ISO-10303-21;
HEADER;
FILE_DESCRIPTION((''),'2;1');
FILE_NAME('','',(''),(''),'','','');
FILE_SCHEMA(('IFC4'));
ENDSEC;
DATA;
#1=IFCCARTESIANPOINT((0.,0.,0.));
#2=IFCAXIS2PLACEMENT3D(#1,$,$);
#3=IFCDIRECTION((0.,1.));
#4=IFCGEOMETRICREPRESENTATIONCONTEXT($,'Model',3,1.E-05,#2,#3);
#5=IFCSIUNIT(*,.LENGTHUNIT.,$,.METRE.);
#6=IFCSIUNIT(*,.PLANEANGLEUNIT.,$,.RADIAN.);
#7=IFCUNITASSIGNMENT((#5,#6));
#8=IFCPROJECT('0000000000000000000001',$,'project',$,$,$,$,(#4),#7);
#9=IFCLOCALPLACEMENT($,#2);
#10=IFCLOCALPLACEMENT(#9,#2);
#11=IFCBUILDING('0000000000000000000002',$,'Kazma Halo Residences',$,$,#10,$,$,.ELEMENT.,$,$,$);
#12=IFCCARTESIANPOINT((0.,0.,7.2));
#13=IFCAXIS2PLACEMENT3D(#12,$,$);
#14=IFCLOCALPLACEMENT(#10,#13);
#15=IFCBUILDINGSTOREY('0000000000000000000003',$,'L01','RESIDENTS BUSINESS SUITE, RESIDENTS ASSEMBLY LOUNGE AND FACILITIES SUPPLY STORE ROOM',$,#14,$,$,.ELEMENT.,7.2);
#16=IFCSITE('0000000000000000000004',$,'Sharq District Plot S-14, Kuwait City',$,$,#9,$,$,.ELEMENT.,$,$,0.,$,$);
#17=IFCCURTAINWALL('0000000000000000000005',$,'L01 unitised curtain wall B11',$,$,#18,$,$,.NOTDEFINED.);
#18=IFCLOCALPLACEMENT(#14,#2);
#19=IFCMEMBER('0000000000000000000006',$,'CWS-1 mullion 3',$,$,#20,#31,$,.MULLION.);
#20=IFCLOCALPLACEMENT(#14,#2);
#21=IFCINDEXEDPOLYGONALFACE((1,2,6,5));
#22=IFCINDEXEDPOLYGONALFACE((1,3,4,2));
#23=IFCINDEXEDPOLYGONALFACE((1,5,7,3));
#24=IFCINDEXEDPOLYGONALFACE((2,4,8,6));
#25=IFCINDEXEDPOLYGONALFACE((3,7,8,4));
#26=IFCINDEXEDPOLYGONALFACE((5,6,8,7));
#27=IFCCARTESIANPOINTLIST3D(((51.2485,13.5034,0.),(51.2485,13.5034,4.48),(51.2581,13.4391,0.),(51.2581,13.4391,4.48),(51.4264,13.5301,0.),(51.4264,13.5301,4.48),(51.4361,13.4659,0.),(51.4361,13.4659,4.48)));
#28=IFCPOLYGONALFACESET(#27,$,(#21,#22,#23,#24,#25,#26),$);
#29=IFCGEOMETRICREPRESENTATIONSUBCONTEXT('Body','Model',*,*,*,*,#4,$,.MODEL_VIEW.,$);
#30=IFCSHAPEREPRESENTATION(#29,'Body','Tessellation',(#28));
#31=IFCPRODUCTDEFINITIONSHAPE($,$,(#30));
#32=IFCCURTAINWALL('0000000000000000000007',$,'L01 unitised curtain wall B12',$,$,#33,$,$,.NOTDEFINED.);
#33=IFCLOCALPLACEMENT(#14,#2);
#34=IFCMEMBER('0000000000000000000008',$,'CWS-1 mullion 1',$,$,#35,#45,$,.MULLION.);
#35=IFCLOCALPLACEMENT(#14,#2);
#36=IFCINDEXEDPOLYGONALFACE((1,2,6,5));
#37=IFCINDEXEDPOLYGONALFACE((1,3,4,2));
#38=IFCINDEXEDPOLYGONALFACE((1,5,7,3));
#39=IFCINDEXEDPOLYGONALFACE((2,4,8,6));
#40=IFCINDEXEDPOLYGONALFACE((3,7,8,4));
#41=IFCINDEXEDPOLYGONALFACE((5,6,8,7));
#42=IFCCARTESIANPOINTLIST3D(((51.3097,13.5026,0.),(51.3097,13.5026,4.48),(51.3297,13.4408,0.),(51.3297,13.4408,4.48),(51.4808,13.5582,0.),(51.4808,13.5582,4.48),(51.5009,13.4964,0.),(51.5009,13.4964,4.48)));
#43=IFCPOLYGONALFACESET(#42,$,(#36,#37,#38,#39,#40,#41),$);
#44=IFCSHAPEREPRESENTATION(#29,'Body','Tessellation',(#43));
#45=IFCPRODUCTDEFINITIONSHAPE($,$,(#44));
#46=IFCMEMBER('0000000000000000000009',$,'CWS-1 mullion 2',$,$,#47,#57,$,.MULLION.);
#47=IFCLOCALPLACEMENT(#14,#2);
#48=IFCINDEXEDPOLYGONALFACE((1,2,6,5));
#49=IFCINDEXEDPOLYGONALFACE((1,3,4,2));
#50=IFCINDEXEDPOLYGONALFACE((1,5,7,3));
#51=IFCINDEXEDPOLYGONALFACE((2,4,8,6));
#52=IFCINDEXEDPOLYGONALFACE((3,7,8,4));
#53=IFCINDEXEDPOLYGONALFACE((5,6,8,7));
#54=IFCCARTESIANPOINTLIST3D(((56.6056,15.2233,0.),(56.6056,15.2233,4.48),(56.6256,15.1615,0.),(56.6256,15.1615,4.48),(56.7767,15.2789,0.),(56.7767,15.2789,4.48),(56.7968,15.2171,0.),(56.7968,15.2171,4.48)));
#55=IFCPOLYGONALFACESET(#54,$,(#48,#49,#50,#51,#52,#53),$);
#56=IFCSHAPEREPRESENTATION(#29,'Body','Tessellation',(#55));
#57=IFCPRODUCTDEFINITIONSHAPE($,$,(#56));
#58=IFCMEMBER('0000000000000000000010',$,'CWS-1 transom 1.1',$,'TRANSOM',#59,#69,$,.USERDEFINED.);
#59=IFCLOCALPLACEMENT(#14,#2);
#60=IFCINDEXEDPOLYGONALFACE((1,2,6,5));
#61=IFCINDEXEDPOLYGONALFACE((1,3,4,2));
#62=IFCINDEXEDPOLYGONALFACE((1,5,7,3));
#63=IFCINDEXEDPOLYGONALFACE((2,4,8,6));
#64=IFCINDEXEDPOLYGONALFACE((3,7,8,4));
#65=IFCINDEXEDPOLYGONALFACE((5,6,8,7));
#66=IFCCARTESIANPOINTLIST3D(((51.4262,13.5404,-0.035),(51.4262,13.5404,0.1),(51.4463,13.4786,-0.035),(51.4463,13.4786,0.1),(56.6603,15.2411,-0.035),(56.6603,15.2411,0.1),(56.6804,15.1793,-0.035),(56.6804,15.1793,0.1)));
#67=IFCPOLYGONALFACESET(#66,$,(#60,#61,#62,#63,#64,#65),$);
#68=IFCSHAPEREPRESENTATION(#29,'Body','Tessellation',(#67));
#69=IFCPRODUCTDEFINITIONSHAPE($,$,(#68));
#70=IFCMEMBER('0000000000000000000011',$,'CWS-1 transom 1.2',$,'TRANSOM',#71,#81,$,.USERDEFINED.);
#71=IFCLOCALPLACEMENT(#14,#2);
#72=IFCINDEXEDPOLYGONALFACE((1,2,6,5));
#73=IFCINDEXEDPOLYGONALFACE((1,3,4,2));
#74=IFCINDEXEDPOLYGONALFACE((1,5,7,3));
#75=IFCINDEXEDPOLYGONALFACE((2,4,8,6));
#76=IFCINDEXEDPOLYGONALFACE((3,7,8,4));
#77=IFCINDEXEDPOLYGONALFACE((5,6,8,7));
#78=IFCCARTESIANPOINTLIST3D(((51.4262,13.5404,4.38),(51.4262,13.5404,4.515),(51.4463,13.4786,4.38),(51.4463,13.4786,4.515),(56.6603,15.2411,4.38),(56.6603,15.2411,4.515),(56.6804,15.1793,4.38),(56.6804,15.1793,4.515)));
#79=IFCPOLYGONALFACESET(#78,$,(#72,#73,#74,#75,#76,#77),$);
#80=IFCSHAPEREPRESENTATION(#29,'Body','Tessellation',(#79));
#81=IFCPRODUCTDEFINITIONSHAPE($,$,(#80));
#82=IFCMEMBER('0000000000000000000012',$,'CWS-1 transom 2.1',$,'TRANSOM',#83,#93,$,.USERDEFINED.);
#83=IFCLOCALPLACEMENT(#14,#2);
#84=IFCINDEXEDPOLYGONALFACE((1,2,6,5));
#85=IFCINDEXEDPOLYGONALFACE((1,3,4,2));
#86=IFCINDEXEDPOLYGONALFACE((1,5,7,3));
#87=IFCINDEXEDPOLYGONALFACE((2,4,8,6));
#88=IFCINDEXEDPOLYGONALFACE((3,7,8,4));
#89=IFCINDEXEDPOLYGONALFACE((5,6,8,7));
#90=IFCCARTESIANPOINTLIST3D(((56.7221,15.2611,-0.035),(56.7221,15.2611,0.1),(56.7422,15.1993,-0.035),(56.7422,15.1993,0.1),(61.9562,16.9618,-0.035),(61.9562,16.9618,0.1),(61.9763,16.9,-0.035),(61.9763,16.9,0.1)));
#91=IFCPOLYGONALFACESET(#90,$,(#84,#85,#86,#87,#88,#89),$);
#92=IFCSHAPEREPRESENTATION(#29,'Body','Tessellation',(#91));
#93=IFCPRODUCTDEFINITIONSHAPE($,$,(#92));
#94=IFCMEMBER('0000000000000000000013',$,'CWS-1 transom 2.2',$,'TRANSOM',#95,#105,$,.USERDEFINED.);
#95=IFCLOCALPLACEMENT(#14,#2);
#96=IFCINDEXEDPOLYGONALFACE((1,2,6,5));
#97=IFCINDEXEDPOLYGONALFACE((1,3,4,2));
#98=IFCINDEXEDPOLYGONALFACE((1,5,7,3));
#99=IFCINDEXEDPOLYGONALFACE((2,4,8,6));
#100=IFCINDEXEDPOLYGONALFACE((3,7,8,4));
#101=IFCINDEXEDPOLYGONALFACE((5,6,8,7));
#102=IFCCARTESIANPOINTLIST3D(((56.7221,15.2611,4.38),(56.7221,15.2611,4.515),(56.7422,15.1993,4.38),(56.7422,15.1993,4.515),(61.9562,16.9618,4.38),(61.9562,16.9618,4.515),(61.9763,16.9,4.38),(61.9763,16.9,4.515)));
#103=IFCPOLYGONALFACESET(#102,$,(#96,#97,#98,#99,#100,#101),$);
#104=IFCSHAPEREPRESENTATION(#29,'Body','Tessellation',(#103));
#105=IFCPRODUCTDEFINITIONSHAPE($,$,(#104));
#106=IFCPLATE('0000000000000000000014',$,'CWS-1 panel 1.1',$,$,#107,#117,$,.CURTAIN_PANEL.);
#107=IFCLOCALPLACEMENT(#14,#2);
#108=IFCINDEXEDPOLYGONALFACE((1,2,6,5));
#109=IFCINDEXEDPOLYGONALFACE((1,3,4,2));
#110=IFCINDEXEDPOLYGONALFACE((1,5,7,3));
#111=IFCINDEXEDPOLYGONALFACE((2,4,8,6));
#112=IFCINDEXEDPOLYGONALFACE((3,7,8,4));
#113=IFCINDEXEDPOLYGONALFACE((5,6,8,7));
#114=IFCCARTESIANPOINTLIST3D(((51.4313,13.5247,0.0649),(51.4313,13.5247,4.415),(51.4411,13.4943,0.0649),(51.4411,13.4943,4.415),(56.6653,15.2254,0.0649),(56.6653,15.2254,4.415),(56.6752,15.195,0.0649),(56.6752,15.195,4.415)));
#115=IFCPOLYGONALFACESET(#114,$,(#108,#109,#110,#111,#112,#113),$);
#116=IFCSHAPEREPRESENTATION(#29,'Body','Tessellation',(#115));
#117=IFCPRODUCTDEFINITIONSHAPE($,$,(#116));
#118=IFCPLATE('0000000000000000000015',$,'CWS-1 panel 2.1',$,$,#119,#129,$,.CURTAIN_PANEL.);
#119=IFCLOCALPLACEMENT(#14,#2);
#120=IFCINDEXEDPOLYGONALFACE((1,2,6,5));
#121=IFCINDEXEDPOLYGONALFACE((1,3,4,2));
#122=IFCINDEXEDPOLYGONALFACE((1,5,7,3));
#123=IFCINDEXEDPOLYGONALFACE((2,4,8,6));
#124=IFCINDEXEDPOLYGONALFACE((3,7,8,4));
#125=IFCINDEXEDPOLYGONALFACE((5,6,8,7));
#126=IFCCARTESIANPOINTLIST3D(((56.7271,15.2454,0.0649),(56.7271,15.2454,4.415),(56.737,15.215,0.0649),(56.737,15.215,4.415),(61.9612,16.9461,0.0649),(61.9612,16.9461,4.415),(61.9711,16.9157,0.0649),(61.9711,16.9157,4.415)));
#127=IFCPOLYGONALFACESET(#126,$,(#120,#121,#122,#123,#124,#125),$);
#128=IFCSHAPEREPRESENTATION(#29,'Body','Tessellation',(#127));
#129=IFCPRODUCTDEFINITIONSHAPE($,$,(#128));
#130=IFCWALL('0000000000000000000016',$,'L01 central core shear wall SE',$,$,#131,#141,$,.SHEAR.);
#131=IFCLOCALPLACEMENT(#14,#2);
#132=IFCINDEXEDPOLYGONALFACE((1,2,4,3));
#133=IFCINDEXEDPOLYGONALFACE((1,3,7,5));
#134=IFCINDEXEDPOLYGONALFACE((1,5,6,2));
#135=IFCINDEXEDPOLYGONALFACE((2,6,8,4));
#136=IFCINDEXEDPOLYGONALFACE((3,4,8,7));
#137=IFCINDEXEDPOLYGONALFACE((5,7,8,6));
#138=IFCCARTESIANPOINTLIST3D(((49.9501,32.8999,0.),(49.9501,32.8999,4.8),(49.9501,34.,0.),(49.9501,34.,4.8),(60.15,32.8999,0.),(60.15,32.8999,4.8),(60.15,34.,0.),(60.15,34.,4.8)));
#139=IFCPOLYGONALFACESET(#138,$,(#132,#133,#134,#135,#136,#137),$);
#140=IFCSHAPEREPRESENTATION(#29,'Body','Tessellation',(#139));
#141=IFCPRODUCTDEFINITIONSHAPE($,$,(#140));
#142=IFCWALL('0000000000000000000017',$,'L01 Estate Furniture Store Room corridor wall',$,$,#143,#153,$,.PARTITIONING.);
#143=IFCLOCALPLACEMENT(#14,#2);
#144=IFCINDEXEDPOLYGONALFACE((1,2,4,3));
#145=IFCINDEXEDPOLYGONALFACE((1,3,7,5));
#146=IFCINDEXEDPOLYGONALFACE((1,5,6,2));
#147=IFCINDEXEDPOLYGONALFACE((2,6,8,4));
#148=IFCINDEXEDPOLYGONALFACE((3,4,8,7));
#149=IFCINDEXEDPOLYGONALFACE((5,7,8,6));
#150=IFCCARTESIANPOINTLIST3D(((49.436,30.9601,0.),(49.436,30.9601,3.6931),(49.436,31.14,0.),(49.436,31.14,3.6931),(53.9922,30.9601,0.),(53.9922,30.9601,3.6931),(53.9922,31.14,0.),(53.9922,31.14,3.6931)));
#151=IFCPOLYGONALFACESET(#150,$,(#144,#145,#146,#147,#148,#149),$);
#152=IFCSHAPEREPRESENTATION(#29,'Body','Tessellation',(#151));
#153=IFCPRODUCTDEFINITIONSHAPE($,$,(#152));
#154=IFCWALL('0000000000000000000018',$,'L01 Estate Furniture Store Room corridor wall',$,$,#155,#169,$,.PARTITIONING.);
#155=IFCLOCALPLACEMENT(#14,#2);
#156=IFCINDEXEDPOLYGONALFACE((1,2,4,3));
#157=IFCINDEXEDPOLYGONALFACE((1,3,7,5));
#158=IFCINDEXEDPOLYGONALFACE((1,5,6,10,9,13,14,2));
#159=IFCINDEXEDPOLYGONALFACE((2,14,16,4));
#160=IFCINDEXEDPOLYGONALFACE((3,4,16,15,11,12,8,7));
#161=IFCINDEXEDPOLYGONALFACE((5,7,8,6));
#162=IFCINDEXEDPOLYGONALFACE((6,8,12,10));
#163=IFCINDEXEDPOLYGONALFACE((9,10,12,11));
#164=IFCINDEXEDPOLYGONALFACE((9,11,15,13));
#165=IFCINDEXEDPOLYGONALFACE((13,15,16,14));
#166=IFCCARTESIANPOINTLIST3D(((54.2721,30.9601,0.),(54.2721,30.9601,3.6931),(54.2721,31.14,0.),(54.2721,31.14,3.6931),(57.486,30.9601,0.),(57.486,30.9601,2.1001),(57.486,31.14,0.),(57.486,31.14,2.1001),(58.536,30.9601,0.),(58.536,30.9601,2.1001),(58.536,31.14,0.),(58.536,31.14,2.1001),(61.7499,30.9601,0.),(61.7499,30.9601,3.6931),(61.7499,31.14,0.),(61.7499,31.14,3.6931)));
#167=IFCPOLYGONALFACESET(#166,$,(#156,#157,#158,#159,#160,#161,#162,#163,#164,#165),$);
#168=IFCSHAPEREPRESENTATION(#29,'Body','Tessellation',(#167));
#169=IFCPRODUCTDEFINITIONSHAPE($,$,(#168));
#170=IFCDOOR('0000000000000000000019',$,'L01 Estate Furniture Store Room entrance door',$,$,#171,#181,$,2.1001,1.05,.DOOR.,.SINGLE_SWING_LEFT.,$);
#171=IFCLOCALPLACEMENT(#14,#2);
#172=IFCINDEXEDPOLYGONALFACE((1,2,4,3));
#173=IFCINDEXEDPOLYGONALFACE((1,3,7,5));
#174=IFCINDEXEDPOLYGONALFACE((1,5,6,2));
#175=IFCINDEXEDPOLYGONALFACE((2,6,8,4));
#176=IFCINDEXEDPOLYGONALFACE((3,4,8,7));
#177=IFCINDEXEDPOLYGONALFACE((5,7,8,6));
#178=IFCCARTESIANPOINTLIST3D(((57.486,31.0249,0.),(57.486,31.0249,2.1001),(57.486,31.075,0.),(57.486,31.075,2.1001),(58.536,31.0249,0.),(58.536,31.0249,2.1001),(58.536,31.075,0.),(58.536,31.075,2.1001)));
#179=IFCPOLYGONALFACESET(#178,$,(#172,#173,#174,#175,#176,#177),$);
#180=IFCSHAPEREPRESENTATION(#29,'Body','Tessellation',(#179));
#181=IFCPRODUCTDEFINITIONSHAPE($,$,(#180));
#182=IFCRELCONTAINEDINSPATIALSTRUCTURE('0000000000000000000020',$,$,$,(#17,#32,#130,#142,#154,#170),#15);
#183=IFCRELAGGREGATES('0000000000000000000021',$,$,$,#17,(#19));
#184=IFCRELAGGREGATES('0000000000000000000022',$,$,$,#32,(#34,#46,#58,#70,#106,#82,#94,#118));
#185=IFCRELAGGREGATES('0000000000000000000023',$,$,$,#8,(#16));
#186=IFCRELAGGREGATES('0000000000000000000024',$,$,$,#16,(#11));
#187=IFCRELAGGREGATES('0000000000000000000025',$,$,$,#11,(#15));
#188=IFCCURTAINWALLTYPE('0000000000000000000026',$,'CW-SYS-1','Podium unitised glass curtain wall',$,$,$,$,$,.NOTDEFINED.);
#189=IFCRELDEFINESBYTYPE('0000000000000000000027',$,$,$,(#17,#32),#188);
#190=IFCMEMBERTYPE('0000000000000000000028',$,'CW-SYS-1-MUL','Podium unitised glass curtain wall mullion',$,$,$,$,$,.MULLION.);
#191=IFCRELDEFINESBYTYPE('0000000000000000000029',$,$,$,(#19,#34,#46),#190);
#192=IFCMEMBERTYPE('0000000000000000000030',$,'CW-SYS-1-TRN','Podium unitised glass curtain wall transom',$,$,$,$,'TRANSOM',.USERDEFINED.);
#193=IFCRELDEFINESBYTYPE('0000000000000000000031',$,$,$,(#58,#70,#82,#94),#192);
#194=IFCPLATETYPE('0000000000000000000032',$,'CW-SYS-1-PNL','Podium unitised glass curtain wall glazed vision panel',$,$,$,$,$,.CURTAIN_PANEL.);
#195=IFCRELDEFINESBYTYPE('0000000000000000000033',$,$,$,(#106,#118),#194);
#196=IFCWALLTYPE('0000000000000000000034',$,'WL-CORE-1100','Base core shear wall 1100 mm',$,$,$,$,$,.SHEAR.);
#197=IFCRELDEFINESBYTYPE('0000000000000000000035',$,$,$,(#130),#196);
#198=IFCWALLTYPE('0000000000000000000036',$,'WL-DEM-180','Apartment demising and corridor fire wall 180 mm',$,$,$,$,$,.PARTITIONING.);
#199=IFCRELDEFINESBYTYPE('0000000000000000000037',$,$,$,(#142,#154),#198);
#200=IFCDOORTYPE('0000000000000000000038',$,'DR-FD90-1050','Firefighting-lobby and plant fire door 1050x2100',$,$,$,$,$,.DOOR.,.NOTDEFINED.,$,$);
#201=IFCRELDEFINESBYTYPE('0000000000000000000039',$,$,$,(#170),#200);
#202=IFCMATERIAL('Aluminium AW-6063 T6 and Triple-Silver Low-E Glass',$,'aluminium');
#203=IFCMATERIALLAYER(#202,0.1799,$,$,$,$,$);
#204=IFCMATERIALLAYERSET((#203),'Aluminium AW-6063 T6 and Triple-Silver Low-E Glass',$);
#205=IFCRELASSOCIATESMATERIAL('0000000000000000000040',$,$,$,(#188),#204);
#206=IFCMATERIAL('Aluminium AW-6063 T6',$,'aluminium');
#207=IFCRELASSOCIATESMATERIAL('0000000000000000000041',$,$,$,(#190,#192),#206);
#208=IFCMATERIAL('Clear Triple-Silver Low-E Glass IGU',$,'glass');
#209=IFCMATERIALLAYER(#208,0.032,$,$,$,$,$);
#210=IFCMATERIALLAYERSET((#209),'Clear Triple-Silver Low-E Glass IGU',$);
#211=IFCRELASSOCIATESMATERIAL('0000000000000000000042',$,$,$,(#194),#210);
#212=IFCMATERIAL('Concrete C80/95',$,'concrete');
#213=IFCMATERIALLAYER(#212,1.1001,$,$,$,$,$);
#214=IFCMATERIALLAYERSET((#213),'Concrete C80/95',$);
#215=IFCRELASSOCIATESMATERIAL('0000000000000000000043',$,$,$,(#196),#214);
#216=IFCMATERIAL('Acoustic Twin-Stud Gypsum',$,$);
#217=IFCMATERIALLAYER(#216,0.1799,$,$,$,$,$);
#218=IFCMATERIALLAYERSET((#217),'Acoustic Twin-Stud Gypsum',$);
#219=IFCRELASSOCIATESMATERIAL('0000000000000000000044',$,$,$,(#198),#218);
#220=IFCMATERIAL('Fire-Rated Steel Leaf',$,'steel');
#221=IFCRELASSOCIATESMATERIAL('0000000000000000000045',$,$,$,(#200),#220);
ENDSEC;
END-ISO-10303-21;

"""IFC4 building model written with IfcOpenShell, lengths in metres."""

from ifc_helpers import new_model, si_unit, direction, frame, frame_2d, origin, origin_2d, place, context, subcontext, project, spatial, rectangle, extrude, material, layer, layer_set, material_profile, profile_set, type_object, element, fill, aggregate, save


model = new_model("IFC4")

# Units and contexts
model_context = context("Model", 3, precision=1e-05, world=origin(), true_north=direction((0.0, 1.0)))
body_context = subcontext(model_context, "Body", "Model", "MODEL_VIEW")
ifc_project = project(units=[si_unit("LENGTHUNIT", "METRE"), si_unit("PLANEANGLEUNIT", "RADIAN")], contexts=[model_context])

# Site, building, storey
site_placement = place(None, origin())
site = spatial("IfcSite", under=ifc_project, at=site_placement, Name="Sharq District Plot S-14, Kuwait City", CompositionType="ELEMENT", RefElevation=0.0)
building_placement = place(site_placement, origin())
building = spatial("IfcBuilding", under=site, at=building_placement, Name="Kazma Halo Residences", CompositionType="ELEMENT")
storey_placement = place(building_placement, frame((0.0, 0.0, 7.2)))
storey = spatial("IfcBuildingStorey", under=building, at=storey_placement, Name="L01", Description="RESIDENTS BUSINESS SUITE, RESIDENTS ASSEMBLY LOUNGE AND FACILITIES SUPPLY STORE ROOM", CompositionType="ELEMENT", Elevation=7.2)

# Shared definitions
ifc_material_1 = material(Name="Concrete C80/95", Category="concrete")

# Curtain wall, member
ifc_material_2 = material(Name="Aluminium AW-6063 T6 and Triple-Silver Low-E Glass", Category="aluminium")
ifc_layer_1 = layer(ifc_material_2, 0.1799)
ifc_layer_set_1 = layer_set([ifc_layer_1], Name="Aluminium AW-6063 T6 and Triple-Silver Low-E Glass")
curtain_wall_type = type_object("IfcCurtainWallType", Name="CW-SYS-1", Description="Podium unitised glass curtain wall", PredefinedType="NOTDEFINED", material=ifc_layer_set_1)
curtain_wall_1_placement = place(storey_placement, origin())
curtain_wall_1 = element("IfcCurtainWall", 1, at=curtain_wall_1_placement, inside=storey, type_object=curtain_wall_type, Name="L01 unitised curtain wall B11", PredefinedType="NOTDEFINED")
ifc_material_3 = material(Name="Aluminium AW-6063 T6", Category="aluminium")
ifc_material_profile_1 = material_profile(ifc_material_3, rectangle(XDim=0.0649, YDim=0.1799, at=origin_2d()), Name="CWM-65x180")
ifc_profile_set_1 = profile_set([ifc_material_profile_1], Name="Aluminium AW-6063 T6")
member_type_1 = type_object("IfcMemberType", Name="CW-SYS-1-MUL", Description="Podium unitised glass curtain wall mullion", PredefinedType="MULLION", material=ifc_profile_set_1)
member_1_placement = place(storey_placement, frame((51.3423, 13.4846, 0.0), z_axis=(0.0, 0.0, 1.0), x_axis=(-0.148549, 0.988905, 0.0)))
member_1 = element("IfcMember", 2, at=member_1_placement, type_object=member_type_1, Name="CWS-1 mullion 3", PredefinedType="MULLION", context=body_context, shape_type="SweptSolid", body=[
    extrude(rectangle(XDim=0.0649, YDim=0.1799, at=origin_2d()), origin(), (0.0, 0.0, 1.0), 4.48),
])
aggregate(curtain_wall_1, [member_1])

# Curtain wall, members, plates
curtain_wall_2_placement = place(storey_placement, origin())
curtain_wall_2 = element("IfcCurtainWall", 3, at=curtain_wall_2_placement, inside=storey, type_object=curtain_wall_type, Name="L01 unitised curtain wall B12", PredefinedType="NOTDEFINED")
member_2_placement = place(storey_placement, frame((51.4053, 13.4995, 0.0), z_axis=(0.0, 0.0, 1.0), x_axis=(-0.309017, 0.951056, 0.0)))
member_2 = element("IfcMember", 4, at=member_2_placement, type_object=member_type_1, Name="CWS-1 mullion 1", PredefinedType="MULLION", context=body_context, shape_type="SweptSolid", body=[
    extrude(rectangle(XDim=0.0649, YDim=0.1799, at=origin_2d()), origin(), (0.0, 0.0, 1.0), 4.48),
])
member_3_placement = place(storey_placement, frame((56.7012, 15.2202, 0.0), z_axis=(0.0, 0.0, 1.0), x_axis=(-0.309017, 0.951056, 0.0)))
member_3 = element("IfcMember", 5, at=member_3_placement, type_object=member_type_1, Name="CWS-1 mullion 2", PredefinedType="MULLION", context=body_context, shape_type="SweptSolid", body=[
    extrude(rectangle(XDim=0.0649, YDim=0.1799, at=origin_2d()), origin(), (0.0, 0.0, 1.0), 4.48),
])
ifc_material_profile_2 = material_profile(ifc_material_3, rectangle(XDim=0.0649, YDim=0.135, at=origin_2d()), Name="CWT-65x135")
ifc_profile_set_2 = profile_set([ifc_material_profile_2], Name="Aluminium AW-6063 T6")
member_type_2 = type_object("IfcMemberType", Name="CW-SYS-1-TRN", Description="Podium unitised glass curtain wall transom", ElementType="TRANSOM", PredefinedType="USERDEFINED", material=ifc_profile_set_2)
member_4_placement = place(storey_placement, frame((51.4363, 13.5095, 0.0325), z_axis=(0.951056, 0.309019, 0.0), x_axis=(-0.309019, 0.951056, 0.0)))
member_4 = element("IfcMember", 6, at=member_4_placement, type_object=member_type_2, Name="CWS-1 transom 1.1", ObjectType="TRANSOM", PredefinedType="USERDEFINED", context=body_context, shape_type="SweptSolid", body=[
    extrude(rectangle(XDim=0.0649, YDim=0.135, at=origin_2d()), origin(), (0.0, 0.0, 1.0), 5.5034),
])
member_5_placement = place(storey_placement, frame((51.4363, 13.5095, 4.4475), z_axis=(0.951056, 0.309019, 0.0), x_axis=(-0.309019, 0.951056, 0.0)))
member_5 = element("IfcMember", 7, at=member_5_placement, type_object=member_type_2, Name="CWS-1 transom 1.2", ObjectType="TRANSOM", PredefinedType="USERDEFINED", context=body_context, shape_type="SweptSolid", body=[
    extrude(rectangle(XDim=0.0649, YDim=0.135, at=origin_2d()), origin(), (0.0, 0.0, 1.0), 5.5034),
])
member_6_placement = place(storey_placement, frame((56.7322, 15.2302, 0.0325), z_axis=(0.951056, 0.309019, 0.0), x_axis=(-0.309019, 0.951056, 0.0)))
member_6 = element("IfcMember", 8, at=member_6_placement, type_object=member_type_2, Name="CWS-1 transom 2.1", ObjectType="TRANSOM", PredefinedType="USERDEFINED", context=body_context, shape_type="SweptSolid", body=[
    extrude(rectangle(XDim=0.0649, YDim=0.135, at=origin_2d()), origin(), (0.0, 0.0, 1.0), 5.5034),
])
member_7_placement = place(storey_placement, frame((56.7322, 15.2302, 4.4475), z_axis=(0.951056, 0.309019, 0.0), x_axis=(-0.309019, 0.951056, 0.0)))
member_7 = element("IfcMember", 9, at=member_7_placement, type_object=member_type_2, Name="CWS-1 transom 2.2", ObjectType="TRANSOM", PredefinedType="USERDEFINED", context=body_context, shape_type="SweptSolid", body=[
    extrude(rectangle(XDim=0.0649, YDim=0.135, at=origin_2d()), origin(), (0.0, 0.0, 1.0), 5.5034),
])
ifc_material_4 = material(Name="Clear Triple-Silver Low-E Glass IGU", Category="glass")
ifc_layer_2 = layer(ifc_material_4, 0.032)
ifc_layer_set_2 = layer_set([ifc_layer_2], Name="Clear Triple-Silver Low-E Glass IGU")
plate_type = type_object("IfcPlateType", Name="CW-SYS-1-PNL", Description="Podium unitised glass curtain wall glazed vision panel", PredefinedType="CURTAIN_PANEL", material=ifc_layer_set_2)
plate_1_placement = place(storey_placement, frame((54.0532, 14.3599, 0.0649), z_axis=(0.0, 0.0, 1.0), x_axis=(0.951056, 0.309017, 0.0)))
plate_1 = element("IfcPlate", 10, at=plate_1_placement, type_object=plate_type, Name="CWS-1 panel 1.1", PredefinedType="CURTAIN_PANEL", context=body_context, shape_type="SweptSolid", body=[
    extrude(rectangle(XDim=5.5034, YDim=0.032, at=origin_2d()), origin(), (0.0, 0.0, 1.0), 4.3501),
])
plate_2_placement = place(storey_placement, frame((59.3491, 16.0806, 0.0649), z_axis=(0.0, 0.0, 1.0), x_axis=(0.951056, 0.309017, 0.0)))
plate_2 = element("IfcPlate", 11, at=plate_2_placement, type_object=plate_type, Name="CWS-1 panel 2.1", PredefinedType="CURTAIN_PANEL", context=body_context, shape_type="SweptSolid", body=[
    extrude(rectangle(XDim=5.5034, YDim=0.032, at=origin_2d()), origin(), (0.0, 0.0, 1.0), 4.3501),
])
aggregate(curtain_wall_2, [member_2, member_3, member_4, member_5, plate_1, member_6, member_7, plate_2])

# Walls
ifc_layer_3 = layer(ifc_material_1, 1.1001)
ifc_layer_set_3 = layer_set([ifc_layer_3], Name="Concrete C80/95")
wall_type_1 = type_object("IfcWallType", Name="WL-CORE-1100", Description="Base core shear wall 1100 mm", PredefinedType="SHEAR", material=ifc_layer_set_3)
wall_1_placement = place(storey_placement, frame((49.95, 33.45, 0.0), z_axis=(0.0, 0.0, 1.0), x_axis=(1.0, 0.0, 0.0)))
element("IfcWall", 12, at=wall_1_placement, inside=storey, type_object=wall_type_1, Name="L01 central core shear wall SE", PredefinedType="SHEAR", context=body_context, shape_type="SweptSolid", body=[
    extrude(rectangle(XDim=10.2, YDim=1.1001, at=frame_2d((5.1001, 0.0))), origin(), (0.0, 0.0, 1.0), 4.8),
])
ifc_material_5 = material(Name="Acoustic Twin-Stud Gypsum")
ifc_layer_4 = layer(ifc_material_5, 0.1799)
ifc_layer_set_4 = layer_set([ifc_layer_4], Name="Acoustic Twin-Stud Gypsum")
wall_type_2 = type_object("IfcWallType", Name="WL-DEM-180", Description="Apartment demising and corridor fire wall 180 mm", PredefinedType="PARTITIONING", material=ifc_layer_set_4)
wall_2_placement = place(storey_placement, frame((49.436, 31.05, 0.0), z_axis=(0.0, 0.0, 1.0), x_axis=(1.0, 0.0, 0.0)))
element("IfcWall", 13, at=wall_2_placement, inside=storey, type_object=wall_type_2, Name="L01 Estate Furniture Store Room corridor wall", PredefinedType="PARTITIONING", context=body_context, shape_type="SweptSolid", body=[
    extrude(rectangle(XDim=4.5562, YDim=0.1799, at=frame_2d((2.2781, 0.0))), origin(), (0.0, 0.0, 1.0), 3.6931),
])

# Wall, opening, door
wall_3_placement = place(storey_placement, frame((54.2722, 31.05, 0.0), z_axis=(0.0, 0.0, 1.0), x_axis=(1.0, 0.0, 0.0)))
wall_3 = element("IfcWall", 14, at=wall_3_placement, inside=storey, type_object=wall_type_2, Name="L01 Estate Furniture Store Room corridor wall", PredefinedType="PARTITIONING", context=body_context, shape_type="SweptSolid", body=[
    extrude(rectangle(XDim=7.4778, YDim=0.1799, at=frame_2d((3.7388, 0.0))), origin(), (0.0, 0.0, 1.0), 3.6931),
])
opening_placement = place(wall_3_placement, frame((3.2139, 0.0, 0.0)))
opening = element("IfcOpeningElement", 15, at=opening_placement, cuts=wall_3, PredefinedType="OPENING", context=body_context, shape_type="SweptSolid", body=[
    extrude(rectangle(XDim=1.05, YDim=2.1001, at=frame_2d((0.5249, 1.05))), frame((0.0, 0.0999, 0.0), z_axis=(0.0, -1.0, 0.0), x_axis=(1.0, 0.0, 0.0)), (0.0, 0.0, 1.0), 0.2),
])
ifc_material_6 = material(Name="Fire-Rated Steel Leaf", Category="steel")
door_type = type_object("IfcDoorType", Name="DR-FD90-1050", Description="Firefighting-lobby and plant fire door 1050x2100", OperationType="NOTDEFINED", PredefinedType="DOOR", material=ifc_material_6)
door_placement = place(opening_placement, origin())
door = element("IfcDoor", 16, at=door_placement, inside=storey, type_object=door_type, Name="L01 Estate Furniture Store Room entrance door", OperationType="SINGLE_SWING_LEFT", OverallHeight=2.1001, OverallWidth=1.05, PredefinedType="DOOR", context=body_context, shape_type="SweptSolid", body=[
    extrude(rectangle(XDim=1.05, YDim=2.1001, at=frame_2d((0.5249, 1.05))), frame((0.0, 0.0249, 0.0), z_axis=(0.0, -1.0, 0.0), x_axis=(1.0, 0.0, 0.0)), (0.0, 0.0, 1.0), 0.05),
])
fill(opening, door)

save(model, "model.ifc")
